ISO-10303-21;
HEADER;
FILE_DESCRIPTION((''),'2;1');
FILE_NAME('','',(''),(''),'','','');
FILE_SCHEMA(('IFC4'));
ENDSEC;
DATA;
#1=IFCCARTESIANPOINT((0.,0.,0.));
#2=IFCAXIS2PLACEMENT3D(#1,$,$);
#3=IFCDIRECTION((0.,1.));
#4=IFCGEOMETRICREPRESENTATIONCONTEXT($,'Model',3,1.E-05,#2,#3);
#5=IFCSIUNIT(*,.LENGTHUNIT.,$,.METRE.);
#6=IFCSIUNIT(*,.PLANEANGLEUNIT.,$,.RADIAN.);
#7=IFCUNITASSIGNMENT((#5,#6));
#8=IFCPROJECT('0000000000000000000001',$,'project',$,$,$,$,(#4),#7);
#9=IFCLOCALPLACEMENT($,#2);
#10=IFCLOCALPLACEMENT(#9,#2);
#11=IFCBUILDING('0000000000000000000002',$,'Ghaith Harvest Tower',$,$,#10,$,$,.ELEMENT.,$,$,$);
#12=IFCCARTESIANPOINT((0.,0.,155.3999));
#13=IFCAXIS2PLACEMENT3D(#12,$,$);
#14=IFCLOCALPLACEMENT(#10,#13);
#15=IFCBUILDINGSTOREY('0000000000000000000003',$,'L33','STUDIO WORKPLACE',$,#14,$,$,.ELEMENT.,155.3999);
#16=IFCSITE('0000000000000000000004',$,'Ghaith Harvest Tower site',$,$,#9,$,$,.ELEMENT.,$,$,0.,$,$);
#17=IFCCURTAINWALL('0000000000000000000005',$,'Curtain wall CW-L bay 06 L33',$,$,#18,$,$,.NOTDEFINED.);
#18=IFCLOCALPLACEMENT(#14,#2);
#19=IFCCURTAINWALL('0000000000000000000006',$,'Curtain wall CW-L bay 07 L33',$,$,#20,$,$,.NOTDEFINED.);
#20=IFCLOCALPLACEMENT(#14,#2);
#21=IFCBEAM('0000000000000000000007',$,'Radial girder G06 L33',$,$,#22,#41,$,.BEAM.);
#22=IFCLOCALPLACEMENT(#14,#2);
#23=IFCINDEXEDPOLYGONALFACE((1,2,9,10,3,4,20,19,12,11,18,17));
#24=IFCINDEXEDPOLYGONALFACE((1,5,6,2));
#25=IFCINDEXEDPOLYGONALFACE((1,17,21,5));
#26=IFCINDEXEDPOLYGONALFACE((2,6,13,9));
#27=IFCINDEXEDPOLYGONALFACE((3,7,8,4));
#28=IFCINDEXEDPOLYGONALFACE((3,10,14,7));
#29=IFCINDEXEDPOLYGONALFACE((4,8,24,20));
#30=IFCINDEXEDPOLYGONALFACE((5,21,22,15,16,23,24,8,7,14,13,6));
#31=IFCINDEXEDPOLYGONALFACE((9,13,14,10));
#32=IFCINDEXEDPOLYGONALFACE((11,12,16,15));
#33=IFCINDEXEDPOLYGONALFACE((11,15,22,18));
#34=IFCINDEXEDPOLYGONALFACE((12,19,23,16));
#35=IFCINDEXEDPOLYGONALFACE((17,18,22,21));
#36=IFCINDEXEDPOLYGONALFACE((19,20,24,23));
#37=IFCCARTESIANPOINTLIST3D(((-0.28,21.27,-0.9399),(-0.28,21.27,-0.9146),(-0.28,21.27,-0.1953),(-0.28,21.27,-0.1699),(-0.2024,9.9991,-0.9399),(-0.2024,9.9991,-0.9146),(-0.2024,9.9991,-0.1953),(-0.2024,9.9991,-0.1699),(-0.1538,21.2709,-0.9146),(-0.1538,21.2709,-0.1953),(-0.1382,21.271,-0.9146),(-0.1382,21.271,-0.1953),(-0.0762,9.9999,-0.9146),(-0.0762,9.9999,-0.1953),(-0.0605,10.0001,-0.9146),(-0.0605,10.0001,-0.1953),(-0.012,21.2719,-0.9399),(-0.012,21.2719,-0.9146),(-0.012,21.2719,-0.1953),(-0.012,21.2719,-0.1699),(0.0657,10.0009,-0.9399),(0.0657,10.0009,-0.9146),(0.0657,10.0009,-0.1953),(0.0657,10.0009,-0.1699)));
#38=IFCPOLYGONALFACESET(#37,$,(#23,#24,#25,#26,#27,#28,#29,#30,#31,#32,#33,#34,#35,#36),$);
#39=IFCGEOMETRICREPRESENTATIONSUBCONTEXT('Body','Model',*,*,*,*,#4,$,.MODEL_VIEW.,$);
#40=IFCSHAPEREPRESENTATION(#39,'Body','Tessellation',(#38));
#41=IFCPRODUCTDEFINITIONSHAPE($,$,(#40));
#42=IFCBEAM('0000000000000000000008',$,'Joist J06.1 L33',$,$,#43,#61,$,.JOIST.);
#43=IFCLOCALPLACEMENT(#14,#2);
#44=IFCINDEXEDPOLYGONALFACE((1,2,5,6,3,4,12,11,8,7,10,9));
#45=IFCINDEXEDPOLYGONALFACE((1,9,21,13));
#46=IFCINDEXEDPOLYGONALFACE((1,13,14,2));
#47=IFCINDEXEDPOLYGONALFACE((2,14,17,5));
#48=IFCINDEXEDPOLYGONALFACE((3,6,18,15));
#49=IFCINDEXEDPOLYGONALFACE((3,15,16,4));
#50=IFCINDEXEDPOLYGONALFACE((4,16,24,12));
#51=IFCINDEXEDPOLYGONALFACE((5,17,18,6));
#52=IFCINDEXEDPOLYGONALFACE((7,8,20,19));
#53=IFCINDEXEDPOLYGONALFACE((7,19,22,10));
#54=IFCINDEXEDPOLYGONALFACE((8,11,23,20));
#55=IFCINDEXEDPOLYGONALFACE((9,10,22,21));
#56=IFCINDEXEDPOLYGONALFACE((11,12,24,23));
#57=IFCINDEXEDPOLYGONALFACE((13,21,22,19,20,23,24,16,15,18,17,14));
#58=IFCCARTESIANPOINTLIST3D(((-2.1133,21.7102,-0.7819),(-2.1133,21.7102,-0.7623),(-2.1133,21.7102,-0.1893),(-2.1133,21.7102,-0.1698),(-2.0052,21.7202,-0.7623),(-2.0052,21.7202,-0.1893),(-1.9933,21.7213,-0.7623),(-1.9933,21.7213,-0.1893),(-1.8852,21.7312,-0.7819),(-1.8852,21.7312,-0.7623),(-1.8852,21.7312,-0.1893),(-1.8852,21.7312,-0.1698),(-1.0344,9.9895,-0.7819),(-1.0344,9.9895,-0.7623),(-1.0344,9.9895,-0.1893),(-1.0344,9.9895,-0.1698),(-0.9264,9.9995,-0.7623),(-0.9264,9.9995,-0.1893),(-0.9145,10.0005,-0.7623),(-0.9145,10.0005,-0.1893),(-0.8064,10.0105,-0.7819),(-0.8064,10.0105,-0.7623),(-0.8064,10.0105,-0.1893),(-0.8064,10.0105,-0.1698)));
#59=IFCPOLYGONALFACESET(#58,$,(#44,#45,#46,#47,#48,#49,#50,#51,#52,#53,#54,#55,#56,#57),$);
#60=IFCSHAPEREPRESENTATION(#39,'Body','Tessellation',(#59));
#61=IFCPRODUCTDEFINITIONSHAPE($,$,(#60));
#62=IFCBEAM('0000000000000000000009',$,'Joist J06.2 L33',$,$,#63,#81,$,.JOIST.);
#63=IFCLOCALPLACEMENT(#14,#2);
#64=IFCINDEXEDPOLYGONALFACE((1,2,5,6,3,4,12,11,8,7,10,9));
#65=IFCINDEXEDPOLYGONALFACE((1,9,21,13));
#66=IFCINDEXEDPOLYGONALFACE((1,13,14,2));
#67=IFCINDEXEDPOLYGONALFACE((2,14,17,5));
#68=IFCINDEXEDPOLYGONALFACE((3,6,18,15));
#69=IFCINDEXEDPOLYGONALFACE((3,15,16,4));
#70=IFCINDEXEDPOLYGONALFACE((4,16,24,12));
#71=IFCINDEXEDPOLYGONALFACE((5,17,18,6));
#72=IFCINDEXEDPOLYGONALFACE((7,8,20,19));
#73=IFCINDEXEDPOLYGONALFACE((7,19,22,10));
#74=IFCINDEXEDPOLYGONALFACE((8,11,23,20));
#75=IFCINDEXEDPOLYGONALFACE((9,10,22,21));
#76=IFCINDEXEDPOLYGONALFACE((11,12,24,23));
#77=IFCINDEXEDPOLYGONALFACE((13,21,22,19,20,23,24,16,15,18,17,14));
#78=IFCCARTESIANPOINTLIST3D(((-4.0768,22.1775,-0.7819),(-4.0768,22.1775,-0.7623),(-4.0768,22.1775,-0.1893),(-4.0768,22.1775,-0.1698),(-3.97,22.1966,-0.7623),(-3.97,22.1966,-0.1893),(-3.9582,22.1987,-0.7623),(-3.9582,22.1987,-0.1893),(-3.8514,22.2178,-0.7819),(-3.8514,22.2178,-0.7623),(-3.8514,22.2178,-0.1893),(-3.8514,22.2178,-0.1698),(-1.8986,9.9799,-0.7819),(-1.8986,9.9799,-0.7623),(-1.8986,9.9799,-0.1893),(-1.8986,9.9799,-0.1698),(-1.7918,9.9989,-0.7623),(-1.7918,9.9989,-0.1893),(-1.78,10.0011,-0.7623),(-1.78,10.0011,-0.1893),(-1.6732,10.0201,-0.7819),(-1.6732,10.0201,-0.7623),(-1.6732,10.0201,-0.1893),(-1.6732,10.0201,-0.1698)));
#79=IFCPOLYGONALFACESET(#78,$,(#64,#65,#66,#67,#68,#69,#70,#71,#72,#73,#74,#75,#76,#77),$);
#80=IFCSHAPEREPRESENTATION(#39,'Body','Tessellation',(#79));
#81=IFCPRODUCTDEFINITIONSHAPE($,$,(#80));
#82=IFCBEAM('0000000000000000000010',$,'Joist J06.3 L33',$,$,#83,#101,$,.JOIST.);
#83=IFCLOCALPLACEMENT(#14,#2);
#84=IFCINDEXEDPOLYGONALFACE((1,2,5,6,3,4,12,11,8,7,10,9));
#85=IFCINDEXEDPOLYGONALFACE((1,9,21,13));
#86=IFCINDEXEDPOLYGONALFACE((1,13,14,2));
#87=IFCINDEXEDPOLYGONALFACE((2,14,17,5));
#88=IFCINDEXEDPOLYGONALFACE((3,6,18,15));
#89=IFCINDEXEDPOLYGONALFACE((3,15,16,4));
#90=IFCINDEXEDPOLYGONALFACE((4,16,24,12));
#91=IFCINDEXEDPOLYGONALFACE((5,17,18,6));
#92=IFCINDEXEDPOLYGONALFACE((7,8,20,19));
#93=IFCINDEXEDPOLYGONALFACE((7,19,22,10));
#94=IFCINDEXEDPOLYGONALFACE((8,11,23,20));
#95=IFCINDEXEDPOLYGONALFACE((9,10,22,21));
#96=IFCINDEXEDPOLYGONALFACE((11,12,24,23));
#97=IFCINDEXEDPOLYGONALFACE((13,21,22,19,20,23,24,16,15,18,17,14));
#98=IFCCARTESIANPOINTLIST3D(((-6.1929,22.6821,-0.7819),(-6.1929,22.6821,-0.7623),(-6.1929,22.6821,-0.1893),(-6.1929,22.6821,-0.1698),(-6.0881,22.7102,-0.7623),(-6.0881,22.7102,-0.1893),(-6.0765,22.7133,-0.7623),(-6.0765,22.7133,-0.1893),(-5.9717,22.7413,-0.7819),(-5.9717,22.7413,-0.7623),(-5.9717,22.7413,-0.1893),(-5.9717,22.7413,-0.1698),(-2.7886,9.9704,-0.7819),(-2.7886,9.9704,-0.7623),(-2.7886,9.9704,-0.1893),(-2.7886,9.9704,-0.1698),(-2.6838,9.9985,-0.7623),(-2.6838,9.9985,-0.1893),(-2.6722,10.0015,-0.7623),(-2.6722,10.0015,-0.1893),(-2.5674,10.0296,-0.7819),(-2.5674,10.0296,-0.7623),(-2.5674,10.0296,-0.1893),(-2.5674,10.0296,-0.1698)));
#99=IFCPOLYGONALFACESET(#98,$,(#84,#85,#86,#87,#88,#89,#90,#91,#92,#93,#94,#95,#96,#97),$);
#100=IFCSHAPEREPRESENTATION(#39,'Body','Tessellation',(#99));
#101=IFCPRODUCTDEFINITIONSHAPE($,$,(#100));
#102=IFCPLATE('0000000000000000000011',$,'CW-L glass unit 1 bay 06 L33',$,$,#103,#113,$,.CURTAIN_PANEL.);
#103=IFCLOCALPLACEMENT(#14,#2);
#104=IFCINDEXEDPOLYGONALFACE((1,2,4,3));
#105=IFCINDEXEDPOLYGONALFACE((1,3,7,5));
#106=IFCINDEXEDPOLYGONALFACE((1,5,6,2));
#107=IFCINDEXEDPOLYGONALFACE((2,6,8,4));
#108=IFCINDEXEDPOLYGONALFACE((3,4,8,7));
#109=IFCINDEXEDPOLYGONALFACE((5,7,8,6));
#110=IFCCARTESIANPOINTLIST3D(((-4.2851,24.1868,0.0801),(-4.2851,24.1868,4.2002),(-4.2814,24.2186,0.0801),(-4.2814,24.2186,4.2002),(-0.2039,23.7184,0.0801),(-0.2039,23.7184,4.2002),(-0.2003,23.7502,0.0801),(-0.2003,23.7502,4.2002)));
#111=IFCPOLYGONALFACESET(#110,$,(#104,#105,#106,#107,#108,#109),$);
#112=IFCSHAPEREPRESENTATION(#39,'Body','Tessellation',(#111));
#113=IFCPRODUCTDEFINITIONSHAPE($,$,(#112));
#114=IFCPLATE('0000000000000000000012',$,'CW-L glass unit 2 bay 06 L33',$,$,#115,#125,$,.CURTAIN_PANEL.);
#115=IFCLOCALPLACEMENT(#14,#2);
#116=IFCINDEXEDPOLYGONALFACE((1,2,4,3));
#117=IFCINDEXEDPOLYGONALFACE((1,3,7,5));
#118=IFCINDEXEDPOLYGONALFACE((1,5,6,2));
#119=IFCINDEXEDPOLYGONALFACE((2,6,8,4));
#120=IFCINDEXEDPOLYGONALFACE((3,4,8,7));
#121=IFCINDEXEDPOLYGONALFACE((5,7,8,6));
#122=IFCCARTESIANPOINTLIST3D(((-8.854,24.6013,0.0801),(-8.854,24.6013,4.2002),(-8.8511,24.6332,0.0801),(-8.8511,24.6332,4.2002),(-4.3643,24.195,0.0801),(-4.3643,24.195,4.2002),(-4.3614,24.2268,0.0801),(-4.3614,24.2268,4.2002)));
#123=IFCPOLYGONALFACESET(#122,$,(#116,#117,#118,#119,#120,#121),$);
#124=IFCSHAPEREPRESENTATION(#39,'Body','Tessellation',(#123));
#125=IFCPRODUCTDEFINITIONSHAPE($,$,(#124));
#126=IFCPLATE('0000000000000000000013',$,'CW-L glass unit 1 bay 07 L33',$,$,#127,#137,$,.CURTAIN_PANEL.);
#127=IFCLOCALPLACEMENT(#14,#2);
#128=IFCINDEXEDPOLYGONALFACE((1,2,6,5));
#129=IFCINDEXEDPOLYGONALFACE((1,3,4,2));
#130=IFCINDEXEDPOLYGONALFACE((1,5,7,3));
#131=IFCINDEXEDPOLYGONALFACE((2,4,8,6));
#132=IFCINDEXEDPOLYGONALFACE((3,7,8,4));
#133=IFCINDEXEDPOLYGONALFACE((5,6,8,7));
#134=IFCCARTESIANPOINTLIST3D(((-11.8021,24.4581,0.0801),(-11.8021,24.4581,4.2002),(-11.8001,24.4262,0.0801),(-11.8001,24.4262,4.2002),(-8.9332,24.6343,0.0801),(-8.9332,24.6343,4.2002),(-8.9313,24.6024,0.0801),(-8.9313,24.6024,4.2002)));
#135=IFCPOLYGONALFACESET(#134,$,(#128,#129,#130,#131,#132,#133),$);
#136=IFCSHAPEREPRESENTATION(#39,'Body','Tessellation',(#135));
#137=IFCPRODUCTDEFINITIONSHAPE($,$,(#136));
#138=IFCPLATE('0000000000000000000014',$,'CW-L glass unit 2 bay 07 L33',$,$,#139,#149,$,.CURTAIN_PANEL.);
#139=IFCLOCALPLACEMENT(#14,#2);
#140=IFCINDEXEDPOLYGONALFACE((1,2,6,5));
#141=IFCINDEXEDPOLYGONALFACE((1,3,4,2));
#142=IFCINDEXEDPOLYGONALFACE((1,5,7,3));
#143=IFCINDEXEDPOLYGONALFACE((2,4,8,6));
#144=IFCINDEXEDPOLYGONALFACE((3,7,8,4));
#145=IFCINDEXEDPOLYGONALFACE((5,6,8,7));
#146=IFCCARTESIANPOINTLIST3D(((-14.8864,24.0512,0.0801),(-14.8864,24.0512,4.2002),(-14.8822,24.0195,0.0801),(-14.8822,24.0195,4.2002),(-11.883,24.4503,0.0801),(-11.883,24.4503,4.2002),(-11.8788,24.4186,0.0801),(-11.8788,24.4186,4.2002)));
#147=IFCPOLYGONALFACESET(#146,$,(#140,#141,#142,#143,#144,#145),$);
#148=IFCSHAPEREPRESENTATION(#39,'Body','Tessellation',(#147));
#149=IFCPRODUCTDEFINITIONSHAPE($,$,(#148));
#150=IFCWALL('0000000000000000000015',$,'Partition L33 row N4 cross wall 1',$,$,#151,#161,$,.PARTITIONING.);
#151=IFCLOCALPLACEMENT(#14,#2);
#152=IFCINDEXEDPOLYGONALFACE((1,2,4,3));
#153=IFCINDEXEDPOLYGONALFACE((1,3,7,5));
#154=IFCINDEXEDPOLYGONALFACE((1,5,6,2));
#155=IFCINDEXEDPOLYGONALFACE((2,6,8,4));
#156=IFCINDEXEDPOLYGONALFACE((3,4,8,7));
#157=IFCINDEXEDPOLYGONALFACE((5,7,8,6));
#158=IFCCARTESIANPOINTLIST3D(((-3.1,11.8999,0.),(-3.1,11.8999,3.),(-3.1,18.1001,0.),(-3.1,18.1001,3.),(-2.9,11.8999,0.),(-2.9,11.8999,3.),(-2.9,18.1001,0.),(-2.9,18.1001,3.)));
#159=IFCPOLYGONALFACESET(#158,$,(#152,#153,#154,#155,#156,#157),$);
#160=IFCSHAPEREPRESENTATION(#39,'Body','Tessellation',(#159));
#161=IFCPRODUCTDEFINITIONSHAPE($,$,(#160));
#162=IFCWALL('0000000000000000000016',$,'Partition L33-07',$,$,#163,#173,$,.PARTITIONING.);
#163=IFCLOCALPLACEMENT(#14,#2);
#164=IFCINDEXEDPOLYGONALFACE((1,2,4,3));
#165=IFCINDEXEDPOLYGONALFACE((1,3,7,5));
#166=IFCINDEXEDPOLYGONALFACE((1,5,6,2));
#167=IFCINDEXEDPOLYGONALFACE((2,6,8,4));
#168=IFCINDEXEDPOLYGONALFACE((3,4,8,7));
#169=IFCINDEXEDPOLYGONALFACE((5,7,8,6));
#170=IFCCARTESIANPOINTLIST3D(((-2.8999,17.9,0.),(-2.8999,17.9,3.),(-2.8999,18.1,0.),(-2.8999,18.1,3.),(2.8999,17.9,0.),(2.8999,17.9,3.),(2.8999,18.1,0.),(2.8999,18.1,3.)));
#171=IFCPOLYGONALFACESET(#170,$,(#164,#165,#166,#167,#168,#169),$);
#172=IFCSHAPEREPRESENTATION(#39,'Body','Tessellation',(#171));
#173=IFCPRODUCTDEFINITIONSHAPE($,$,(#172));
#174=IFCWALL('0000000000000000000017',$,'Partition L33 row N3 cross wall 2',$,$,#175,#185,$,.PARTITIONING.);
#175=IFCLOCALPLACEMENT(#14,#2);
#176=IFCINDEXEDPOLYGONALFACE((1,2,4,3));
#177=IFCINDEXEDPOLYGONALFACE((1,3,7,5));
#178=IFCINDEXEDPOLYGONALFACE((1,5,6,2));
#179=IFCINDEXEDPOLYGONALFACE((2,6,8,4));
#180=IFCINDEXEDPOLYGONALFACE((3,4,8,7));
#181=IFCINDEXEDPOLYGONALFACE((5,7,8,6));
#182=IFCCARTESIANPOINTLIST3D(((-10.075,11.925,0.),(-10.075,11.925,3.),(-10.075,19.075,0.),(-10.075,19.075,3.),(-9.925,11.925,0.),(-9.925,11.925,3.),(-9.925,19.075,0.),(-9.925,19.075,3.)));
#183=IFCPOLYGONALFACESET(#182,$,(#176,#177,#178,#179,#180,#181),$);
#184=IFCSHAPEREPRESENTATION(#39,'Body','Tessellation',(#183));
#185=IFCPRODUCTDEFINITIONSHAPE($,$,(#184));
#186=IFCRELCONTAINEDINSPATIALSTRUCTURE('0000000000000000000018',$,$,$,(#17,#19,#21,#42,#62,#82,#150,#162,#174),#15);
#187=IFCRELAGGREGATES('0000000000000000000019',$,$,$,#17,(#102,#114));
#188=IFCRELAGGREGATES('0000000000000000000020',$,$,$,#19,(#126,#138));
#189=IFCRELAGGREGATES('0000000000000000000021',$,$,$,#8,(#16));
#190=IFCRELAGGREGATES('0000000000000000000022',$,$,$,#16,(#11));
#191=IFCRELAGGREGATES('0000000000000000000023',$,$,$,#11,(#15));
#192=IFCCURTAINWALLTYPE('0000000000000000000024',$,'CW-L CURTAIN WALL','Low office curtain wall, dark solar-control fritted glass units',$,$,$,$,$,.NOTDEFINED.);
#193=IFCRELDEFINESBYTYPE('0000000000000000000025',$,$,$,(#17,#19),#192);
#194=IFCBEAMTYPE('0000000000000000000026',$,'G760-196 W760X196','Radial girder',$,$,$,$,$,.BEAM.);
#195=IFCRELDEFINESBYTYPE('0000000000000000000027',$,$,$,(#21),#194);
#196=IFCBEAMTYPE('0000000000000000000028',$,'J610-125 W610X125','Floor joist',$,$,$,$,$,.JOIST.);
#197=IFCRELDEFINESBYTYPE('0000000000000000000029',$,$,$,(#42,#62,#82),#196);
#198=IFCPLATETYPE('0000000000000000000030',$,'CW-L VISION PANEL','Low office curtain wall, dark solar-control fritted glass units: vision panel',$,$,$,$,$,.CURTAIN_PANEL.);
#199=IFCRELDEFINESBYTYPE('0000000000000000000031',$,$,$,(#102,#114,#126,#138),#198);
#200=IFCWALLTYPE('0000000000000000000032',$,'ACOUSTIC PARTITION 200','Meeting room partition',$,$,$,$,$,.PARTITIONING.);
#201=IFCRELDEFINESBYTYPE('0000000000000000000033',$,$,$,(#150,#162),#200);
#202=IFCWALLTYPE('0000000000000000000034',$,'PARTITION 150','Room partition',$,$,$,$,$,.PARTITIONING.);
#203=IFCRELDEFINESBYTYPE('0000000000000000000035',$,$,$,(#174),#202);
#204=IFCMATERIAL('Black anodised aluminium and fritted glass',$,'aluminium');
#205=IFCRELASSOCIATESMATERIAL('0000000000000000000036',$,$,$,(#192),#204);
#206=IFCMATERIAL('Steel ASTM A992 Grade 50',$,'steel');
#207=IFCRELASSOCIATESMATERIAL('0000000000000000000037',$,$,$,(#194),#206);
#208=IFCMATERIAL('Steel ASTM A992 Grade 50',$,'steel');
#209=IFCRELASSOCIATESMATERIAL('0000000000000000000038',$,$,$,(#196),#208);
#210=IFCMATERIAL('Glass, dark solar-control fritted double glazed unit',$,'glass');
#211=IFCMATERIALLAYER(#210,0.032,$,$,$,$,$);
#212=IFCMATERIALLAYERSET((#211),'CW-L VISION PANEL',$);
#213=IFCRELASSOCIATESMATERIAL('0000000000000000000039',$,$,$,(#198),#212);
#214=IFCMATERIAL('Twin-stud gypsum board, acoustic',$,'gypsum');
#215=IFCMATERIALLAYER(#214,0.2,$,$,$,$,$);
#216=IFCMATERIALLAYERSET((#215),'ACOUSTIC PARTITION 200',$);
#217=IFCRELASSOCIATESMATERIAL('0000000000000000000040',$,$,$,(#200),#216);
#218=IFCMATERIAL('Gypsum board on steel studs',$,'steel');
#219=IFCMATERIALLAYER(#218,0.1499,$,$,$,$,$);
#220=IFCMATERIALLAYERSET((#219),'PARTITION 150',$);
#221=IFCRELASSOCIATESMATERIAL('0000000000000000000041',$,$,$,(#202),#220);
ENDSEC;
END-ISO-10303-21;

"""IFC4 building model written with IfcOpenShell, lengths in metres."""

from ifc_helpers import new_model, si_unit, direction, frame, frame_2d, origin, origin_2d, place, context, subcontext, project, spatial, rectangle, i_section, extrude, material, layer, layer_set, material_profile, profile_set, type_object, element, aggregate, save


model = new_model("IFC4")

# Units and contexts
model_context = context("Model", 3, precision=1e-05, world=origin(), true_north=direction((0.0, 1.0)))
body_context = subcontext(model_context, "Body", "Model", "MODEL_VIEW")
ifc_project = project(units=[si_unit("LENGTHUNIT", "METRE"), si_unit("PLANEANGLEUNIT", "RADIAN")], contexts=[model_context])

# Site, building, storey
site_placement = place(None, origin())
site = spatial("IfcSite", under=ifc_project, at=site_placement, Name="Ghaith Harvest Tower site", CompositionType="ELEMENT", RefElevation=0.0)
building_placement = place(site_placement, origin())
building = spatial("IfcBuilding", under=site, at=building_placement, Name="Ghaith Harvest Tower", CompositionType="ELEMENT")
storey_placement = place(building_placement, frame((0.0, 0.0, 155.3999)))
storey = spatial("IfcBuildingStorey", under=building, at=storey_placement, Name="L33", Description="STUDIO WORKPLACE", CompositionType="ELEMENT", Elevation=155.3999)

# Curtain walls
ifc_material_1 = material(Name="Black anodised aluminium and fritted glass", Category="aluminium")
curtain_wall_type = type_object("IfcCurtainWallType", Name="CW-L CURTAIN WALL", Description="Low office curtain wall, dark solar-control fritted glass units", PredefinedType="NOTDEFINED", material=ifc_material_1)
curtain_wall_1_placement = place(storey_placement, origin())
curtain_wall_1 = element("IfcCurtainWall", 1, at=curtain_wall_1_placement, inside=storey, type_object=curtain_wall_type, Name="Curtain wall CW-L bay 06 L33", PredefinedType="NOTDEFINED")
curtain_wall_2_placement = place(storey_placement, origin())
curtain_wall_2 = element("IfcCurtainWall", 2, at=curtain_wall_2_placement, inside=storey, type_object=curtain_wall_type, Name="Curtain wall CW-L bay 07 L33", PredefinedType="NOTDEFINED")

# Beams
ifc_material_2 = material(Name="Steel ASTM A992 Grade 50", Category="steel")
ifc_material_profile_1 = material_profile(ifc_material_2, i_section(OverallWidth=0.2681, OverallDepth=0.77, WebThickness=0.0156, FlangeThickness=0.0254, at=origin_2d()), Name="W760X196")
ifc_profile_set_1 = profile_set([ifc_material_profile_1], Name="Steel ASTM A992 Grade 50")
beam_type_1 = type_object("IfcBeamType", Name="G760-196 W760X196", Description="Radial girder", PredefinedType="BEAM", material=ifc_profile_set_1)
beam_1_placement = place(storey_placement, frame((-0.0684, 10.0, -0.5549), z_axis=(-0.006888, 0.999976, 0.0), x_axis=(-0.999976, -0.006888, 0.0)))
element("IfcBeam", 3, at=beam_1_placement, inside=storey, type_object=beam_type_1, Name="Radial girder G06 L33", PredefinedType="BEAM", context=body_context, shape_type="SweptSolid", body=[
    extrude(i_section(OverallWidth=0.2681, OverallDepth=0.77, WebThickness=0.0156, FlangeThickness=0.0254, at=origin_2d()), origin(), (0.0, 0.0, 1.0), 11.2712),
])
ifc_material_3 = material(Name="Steel ASTM A992 Grade 50", Category="steel")
ifc_material_profile_2 = material_profile(ifc_material_3, i_section(OverallWidth=0.229, OverallDepth=0.6121, WebThickness=0.012, FlangeThickness=0.0195, at=origin_2d()), Name="W610X125")
ifc_profile_set_2 = profile_set([ifc_material_profile_2], Name="Steel ASTM A992 Grade 50")
beam_type_2 = type_object("IfcBeamType", Name="J610-125 W610X125", Description="Floor joist", PredefinedType="JOIST", material=ifc_profile_set_2)
beam_2_placement = place(storey_placement, frame((-0.9204, 10.0, -0.4758), z_axis=(-0.09166, 0.99579, 0.0), x_axis=(-0.99579, -0.09166, 0.0)))
element("IfcBeam", 4, at=beam_2_placement, inside=storey, type_object=beam_type_2, Name="Joist J06.1 L33", PredefinedType="JOIST", context=body_context, shape_type="SweptSolid", body=[
    extrude(i_section(OverallWidth=0.229, OverallDepth=0.6121, WebThickness=0.012, FlangeThickness=0.0195, at=origin_2d()), origin(), (0.0, 0.0, 1.0), 11.7703),
])
beam_3_placement = place(storey_placement, frame((-1.7859, 10.0, -0.4758), z_axis=(-0.175795, 0.984427, 0.0), x_axis=(-0.984427, -0.175795, 0.0)))
element("IfcBeam", 5, at=beam_3_placement, inside=storey, type_object=beam_type_2, Name="Joist J06.2 L33", PredefinedType="JOIST", context=body_context, shape_type="SweptSolid", body=[
    extrude(i_section(OverallWidth=0.229, OverallDepth=0.6121, WebThickness=0.012, FlangeThickness=0.0195, at=origin_2d()), origin(), (0.0, 0.0, 1.0), 12.3906),
])
beam_4_placement = place(storey_placement, frame((-2.678, 10.0, -0.4758), z_axis=(-0.258693, 0.96596, 0.0), x_axis=(-0.96596, -0.258693, 0.0)))
element("IfcBeam", 6, at=beam_4_placement, inside=storey, type_object=beam_type_2, Name="Joist J06.3 L33", PredefinedType="JOIST", context=body_context, shape_type="SweptSolid", body=[
    extrude(i_section(OverallWidth=0.229, OverallDepth=0.6121, WebThickness=0.012, FlangeThickness=0.0195, at=origin_2d()), origin(), (0.0, 0.0, 1.0), 13.1597),
])

# Plates
ifc_material_4 = material(Name="Glass, dark solar-control fritted double glazed unit", Category="glass")
ifc_layer_1 = layer(ifc_material_4, 0.032)
ifc_layer_set_1 = layer_set([ifc_layer_1], Name="CW-L VISION PANEL")
plate_type = type_object("IfcPlateType", Name="CW-L VISION PANEL", Description="Low office curtain wall, dark solar-control fritted glass units: vision panel", PredefinedType="CURTAIN_PANEL", material=ifc_layer_set_1)
plate_1_placement = place(storey_placement, frame((-2.2427, 23.9685, 0.0801), z_axis=(0.0, 0.0, 1.0), x_axis=(-0.993477, 0.114032, 0.0)))
plate_1 = element("IfcPlate", 7, at=plate_1_placement, type_object=plate_type, Name="CW-L glass unit 1 bay 06 L33", PredefinedType="CURTAIN_PANEL", context=body_context, shape_type="SweptSolid", body=[
    extrude(rectangle(XDim=4.1079, YDim=0.032, at=origin_2d()), origin(), (0.0, 0.0, 1.0), 4.1201),
])
plate_2_placement = place(storey_placement, frame((-6.6077, 24.4141, 0.0801), z_axis=(0.0, 0.0, 1.0), x_axis=(-0.995929, 0.090144, 0.0)))
plate_2 = element("IfcPlate", 8, at=plate_2_placement, type_object=plate_type, Name="CW-L glass unit 2 bay 06 L33", PredefinedType="CURTAIN_PANEL", context=body_context, shape_type="SweptSolid", body=[
    extrude(rectangle(XDim=4.5081, YDim=0.032, at=origin_2d()), origin(), (0.0, 0.0, 1.0), 4.1201),
])
aggregate(curtain_wall_1, [plate_1, plate_2])
plate_3_placement = place(storey_placement, frame((-10.3667, 24.5303, 0.0801), z_axis=(0.0, 0.0, 1.0), x_axis=(-0.998119, -0.061303, 0.0)))
plate_3 = element("IfcPlate", 9, at=plate_3_placement, type_object=plate_type, Name="CW-L glass unit 1 bay 07 L33", PredefinedType="CURTAIN_PANEL", context=body_context, shape_type="SweptSolid", body=[
    extrude(rectangle(XDim=2.8743, YDim=0.032, at=origin_2d()), origin(), (0.0, 0.0, 1.0), 4.1201),
])
plate_4_placement = place(storey_placement, frame((-13.3826, 24.2349, 0.0801), z_axis=(0.0, 0.0, 1.0), x_axis=(-0.991286, -0.131728, 0.0)))
plate_4 = element("IfcPlate", 10, at=plate_4_placement, type_object=plate_type, Name="CW-L glass unit 2 bay 07 L33", PredefinedType="CURTAIN_PANEL", context=body_context, shape_type="SweptSolid", body=[
    extrude(rectangle(XDim=3.0298, YDim=0.032, at=origin_2d()), origin(), (0.0, 0.0, 1.0), 4.1201),
])
aggregate(curtain_wall_2, [plate_3, plate_4])

# Wall
ifc_material_5 = material(Name="Twin-stud gypsum board, acoustic", Category="gypsum")
ifc_layer_2 = layer(ifc_material_5, 0.2)
ifc_layer_set_2 = layer_set([ifc_layer_2], Name="ACOUSTIC PARTITION 200")
wall_type_1 = type_object("IfcWallType", Name="ACOUSTIC PARTITION 200", Description="Meeting room partition", PredefinedType="PARTITIONING", material=ifc_layer_set_2)
wall_1_placement = place(storey_placement, frame((-3.0, 11.8999, 0.0), z_axis=(0.0, 0.0, 1.0), x_axis=(0.0, 1.0, 0.0)))
element("IfcWall", 11, at=wall_1_placement, inside=storey, type_object=wall_type_1, Name="Partition L33 row N4 cross wall 1", PredefinedType="PARTITIONING", context=body_context, shape_type="SweptSolid", body=[
    extrude(rectangle(XDim=6.2002, YDim=0.2, at=frame_2d((3.1001, 0.0))), origin(), (0.0, 0.0, 1.0), 3.0),
])

# Walls
wall_2_placement = place(storey_placement, frame((-2.8999, 18.0, 0.0), z_axis=(0.0, 0.0, 1.0), x_axis=(1.0, 0.0, 0.0)))
element("IfcWall", 12, at=wall_2_placement, inside=storey, type_object=wall_type_1, Name="Partition L33-07", PredefinedType="PARTITIONING", context=body_context, shape_type="SweptSolid", body=[
    extrude(rectangle(XDim=5.7998, YDim=0.2, at=frame_2d((2.8999, 0.0))), origin(), (0.0, 0.0, 1.0), 3.0),
])
ifc_material_6 = material(Name="Gypsum board on steel studs", Category="steel")
ifc_layer_3 = layer(ifc_material_6, 0.1499)
ifc_layer_set_3 = layer_set([ifc_layer_3], Name="PARTITION 150")
wall_type_2 = type_object("IfcWallType", Name="PARTITION 150", Description="Room partition", PredefinedType="PARTITIONING", material=ifc_layer_set_3)
for number, where, z_axis, x_axis, name in (
    (13, (-10.0, 11.925, 0.0), (0.0, 0.0, 1.0), (0.0, 1.0, 0.0), "Partition L33 row N3 cross wall 2"),
):
    element("IfcWall", number, at=place(storey_placement, frame(where, z_axis=z_axis, x_axis=x_axis)), inside=storey, type_object=wall_type_2, Name=name, PredefinedType="PARTITIONING", context=body_context, shape_type="SweptSolid", body=[
        extrude(rectangle(XDim=7.1499, YDim=0.1499, at=frame_2d((3.575, 0.0))), origin(), (0.0, 0.0, 1.0), 3.0),
    ])

save(model, "model.ifc")
